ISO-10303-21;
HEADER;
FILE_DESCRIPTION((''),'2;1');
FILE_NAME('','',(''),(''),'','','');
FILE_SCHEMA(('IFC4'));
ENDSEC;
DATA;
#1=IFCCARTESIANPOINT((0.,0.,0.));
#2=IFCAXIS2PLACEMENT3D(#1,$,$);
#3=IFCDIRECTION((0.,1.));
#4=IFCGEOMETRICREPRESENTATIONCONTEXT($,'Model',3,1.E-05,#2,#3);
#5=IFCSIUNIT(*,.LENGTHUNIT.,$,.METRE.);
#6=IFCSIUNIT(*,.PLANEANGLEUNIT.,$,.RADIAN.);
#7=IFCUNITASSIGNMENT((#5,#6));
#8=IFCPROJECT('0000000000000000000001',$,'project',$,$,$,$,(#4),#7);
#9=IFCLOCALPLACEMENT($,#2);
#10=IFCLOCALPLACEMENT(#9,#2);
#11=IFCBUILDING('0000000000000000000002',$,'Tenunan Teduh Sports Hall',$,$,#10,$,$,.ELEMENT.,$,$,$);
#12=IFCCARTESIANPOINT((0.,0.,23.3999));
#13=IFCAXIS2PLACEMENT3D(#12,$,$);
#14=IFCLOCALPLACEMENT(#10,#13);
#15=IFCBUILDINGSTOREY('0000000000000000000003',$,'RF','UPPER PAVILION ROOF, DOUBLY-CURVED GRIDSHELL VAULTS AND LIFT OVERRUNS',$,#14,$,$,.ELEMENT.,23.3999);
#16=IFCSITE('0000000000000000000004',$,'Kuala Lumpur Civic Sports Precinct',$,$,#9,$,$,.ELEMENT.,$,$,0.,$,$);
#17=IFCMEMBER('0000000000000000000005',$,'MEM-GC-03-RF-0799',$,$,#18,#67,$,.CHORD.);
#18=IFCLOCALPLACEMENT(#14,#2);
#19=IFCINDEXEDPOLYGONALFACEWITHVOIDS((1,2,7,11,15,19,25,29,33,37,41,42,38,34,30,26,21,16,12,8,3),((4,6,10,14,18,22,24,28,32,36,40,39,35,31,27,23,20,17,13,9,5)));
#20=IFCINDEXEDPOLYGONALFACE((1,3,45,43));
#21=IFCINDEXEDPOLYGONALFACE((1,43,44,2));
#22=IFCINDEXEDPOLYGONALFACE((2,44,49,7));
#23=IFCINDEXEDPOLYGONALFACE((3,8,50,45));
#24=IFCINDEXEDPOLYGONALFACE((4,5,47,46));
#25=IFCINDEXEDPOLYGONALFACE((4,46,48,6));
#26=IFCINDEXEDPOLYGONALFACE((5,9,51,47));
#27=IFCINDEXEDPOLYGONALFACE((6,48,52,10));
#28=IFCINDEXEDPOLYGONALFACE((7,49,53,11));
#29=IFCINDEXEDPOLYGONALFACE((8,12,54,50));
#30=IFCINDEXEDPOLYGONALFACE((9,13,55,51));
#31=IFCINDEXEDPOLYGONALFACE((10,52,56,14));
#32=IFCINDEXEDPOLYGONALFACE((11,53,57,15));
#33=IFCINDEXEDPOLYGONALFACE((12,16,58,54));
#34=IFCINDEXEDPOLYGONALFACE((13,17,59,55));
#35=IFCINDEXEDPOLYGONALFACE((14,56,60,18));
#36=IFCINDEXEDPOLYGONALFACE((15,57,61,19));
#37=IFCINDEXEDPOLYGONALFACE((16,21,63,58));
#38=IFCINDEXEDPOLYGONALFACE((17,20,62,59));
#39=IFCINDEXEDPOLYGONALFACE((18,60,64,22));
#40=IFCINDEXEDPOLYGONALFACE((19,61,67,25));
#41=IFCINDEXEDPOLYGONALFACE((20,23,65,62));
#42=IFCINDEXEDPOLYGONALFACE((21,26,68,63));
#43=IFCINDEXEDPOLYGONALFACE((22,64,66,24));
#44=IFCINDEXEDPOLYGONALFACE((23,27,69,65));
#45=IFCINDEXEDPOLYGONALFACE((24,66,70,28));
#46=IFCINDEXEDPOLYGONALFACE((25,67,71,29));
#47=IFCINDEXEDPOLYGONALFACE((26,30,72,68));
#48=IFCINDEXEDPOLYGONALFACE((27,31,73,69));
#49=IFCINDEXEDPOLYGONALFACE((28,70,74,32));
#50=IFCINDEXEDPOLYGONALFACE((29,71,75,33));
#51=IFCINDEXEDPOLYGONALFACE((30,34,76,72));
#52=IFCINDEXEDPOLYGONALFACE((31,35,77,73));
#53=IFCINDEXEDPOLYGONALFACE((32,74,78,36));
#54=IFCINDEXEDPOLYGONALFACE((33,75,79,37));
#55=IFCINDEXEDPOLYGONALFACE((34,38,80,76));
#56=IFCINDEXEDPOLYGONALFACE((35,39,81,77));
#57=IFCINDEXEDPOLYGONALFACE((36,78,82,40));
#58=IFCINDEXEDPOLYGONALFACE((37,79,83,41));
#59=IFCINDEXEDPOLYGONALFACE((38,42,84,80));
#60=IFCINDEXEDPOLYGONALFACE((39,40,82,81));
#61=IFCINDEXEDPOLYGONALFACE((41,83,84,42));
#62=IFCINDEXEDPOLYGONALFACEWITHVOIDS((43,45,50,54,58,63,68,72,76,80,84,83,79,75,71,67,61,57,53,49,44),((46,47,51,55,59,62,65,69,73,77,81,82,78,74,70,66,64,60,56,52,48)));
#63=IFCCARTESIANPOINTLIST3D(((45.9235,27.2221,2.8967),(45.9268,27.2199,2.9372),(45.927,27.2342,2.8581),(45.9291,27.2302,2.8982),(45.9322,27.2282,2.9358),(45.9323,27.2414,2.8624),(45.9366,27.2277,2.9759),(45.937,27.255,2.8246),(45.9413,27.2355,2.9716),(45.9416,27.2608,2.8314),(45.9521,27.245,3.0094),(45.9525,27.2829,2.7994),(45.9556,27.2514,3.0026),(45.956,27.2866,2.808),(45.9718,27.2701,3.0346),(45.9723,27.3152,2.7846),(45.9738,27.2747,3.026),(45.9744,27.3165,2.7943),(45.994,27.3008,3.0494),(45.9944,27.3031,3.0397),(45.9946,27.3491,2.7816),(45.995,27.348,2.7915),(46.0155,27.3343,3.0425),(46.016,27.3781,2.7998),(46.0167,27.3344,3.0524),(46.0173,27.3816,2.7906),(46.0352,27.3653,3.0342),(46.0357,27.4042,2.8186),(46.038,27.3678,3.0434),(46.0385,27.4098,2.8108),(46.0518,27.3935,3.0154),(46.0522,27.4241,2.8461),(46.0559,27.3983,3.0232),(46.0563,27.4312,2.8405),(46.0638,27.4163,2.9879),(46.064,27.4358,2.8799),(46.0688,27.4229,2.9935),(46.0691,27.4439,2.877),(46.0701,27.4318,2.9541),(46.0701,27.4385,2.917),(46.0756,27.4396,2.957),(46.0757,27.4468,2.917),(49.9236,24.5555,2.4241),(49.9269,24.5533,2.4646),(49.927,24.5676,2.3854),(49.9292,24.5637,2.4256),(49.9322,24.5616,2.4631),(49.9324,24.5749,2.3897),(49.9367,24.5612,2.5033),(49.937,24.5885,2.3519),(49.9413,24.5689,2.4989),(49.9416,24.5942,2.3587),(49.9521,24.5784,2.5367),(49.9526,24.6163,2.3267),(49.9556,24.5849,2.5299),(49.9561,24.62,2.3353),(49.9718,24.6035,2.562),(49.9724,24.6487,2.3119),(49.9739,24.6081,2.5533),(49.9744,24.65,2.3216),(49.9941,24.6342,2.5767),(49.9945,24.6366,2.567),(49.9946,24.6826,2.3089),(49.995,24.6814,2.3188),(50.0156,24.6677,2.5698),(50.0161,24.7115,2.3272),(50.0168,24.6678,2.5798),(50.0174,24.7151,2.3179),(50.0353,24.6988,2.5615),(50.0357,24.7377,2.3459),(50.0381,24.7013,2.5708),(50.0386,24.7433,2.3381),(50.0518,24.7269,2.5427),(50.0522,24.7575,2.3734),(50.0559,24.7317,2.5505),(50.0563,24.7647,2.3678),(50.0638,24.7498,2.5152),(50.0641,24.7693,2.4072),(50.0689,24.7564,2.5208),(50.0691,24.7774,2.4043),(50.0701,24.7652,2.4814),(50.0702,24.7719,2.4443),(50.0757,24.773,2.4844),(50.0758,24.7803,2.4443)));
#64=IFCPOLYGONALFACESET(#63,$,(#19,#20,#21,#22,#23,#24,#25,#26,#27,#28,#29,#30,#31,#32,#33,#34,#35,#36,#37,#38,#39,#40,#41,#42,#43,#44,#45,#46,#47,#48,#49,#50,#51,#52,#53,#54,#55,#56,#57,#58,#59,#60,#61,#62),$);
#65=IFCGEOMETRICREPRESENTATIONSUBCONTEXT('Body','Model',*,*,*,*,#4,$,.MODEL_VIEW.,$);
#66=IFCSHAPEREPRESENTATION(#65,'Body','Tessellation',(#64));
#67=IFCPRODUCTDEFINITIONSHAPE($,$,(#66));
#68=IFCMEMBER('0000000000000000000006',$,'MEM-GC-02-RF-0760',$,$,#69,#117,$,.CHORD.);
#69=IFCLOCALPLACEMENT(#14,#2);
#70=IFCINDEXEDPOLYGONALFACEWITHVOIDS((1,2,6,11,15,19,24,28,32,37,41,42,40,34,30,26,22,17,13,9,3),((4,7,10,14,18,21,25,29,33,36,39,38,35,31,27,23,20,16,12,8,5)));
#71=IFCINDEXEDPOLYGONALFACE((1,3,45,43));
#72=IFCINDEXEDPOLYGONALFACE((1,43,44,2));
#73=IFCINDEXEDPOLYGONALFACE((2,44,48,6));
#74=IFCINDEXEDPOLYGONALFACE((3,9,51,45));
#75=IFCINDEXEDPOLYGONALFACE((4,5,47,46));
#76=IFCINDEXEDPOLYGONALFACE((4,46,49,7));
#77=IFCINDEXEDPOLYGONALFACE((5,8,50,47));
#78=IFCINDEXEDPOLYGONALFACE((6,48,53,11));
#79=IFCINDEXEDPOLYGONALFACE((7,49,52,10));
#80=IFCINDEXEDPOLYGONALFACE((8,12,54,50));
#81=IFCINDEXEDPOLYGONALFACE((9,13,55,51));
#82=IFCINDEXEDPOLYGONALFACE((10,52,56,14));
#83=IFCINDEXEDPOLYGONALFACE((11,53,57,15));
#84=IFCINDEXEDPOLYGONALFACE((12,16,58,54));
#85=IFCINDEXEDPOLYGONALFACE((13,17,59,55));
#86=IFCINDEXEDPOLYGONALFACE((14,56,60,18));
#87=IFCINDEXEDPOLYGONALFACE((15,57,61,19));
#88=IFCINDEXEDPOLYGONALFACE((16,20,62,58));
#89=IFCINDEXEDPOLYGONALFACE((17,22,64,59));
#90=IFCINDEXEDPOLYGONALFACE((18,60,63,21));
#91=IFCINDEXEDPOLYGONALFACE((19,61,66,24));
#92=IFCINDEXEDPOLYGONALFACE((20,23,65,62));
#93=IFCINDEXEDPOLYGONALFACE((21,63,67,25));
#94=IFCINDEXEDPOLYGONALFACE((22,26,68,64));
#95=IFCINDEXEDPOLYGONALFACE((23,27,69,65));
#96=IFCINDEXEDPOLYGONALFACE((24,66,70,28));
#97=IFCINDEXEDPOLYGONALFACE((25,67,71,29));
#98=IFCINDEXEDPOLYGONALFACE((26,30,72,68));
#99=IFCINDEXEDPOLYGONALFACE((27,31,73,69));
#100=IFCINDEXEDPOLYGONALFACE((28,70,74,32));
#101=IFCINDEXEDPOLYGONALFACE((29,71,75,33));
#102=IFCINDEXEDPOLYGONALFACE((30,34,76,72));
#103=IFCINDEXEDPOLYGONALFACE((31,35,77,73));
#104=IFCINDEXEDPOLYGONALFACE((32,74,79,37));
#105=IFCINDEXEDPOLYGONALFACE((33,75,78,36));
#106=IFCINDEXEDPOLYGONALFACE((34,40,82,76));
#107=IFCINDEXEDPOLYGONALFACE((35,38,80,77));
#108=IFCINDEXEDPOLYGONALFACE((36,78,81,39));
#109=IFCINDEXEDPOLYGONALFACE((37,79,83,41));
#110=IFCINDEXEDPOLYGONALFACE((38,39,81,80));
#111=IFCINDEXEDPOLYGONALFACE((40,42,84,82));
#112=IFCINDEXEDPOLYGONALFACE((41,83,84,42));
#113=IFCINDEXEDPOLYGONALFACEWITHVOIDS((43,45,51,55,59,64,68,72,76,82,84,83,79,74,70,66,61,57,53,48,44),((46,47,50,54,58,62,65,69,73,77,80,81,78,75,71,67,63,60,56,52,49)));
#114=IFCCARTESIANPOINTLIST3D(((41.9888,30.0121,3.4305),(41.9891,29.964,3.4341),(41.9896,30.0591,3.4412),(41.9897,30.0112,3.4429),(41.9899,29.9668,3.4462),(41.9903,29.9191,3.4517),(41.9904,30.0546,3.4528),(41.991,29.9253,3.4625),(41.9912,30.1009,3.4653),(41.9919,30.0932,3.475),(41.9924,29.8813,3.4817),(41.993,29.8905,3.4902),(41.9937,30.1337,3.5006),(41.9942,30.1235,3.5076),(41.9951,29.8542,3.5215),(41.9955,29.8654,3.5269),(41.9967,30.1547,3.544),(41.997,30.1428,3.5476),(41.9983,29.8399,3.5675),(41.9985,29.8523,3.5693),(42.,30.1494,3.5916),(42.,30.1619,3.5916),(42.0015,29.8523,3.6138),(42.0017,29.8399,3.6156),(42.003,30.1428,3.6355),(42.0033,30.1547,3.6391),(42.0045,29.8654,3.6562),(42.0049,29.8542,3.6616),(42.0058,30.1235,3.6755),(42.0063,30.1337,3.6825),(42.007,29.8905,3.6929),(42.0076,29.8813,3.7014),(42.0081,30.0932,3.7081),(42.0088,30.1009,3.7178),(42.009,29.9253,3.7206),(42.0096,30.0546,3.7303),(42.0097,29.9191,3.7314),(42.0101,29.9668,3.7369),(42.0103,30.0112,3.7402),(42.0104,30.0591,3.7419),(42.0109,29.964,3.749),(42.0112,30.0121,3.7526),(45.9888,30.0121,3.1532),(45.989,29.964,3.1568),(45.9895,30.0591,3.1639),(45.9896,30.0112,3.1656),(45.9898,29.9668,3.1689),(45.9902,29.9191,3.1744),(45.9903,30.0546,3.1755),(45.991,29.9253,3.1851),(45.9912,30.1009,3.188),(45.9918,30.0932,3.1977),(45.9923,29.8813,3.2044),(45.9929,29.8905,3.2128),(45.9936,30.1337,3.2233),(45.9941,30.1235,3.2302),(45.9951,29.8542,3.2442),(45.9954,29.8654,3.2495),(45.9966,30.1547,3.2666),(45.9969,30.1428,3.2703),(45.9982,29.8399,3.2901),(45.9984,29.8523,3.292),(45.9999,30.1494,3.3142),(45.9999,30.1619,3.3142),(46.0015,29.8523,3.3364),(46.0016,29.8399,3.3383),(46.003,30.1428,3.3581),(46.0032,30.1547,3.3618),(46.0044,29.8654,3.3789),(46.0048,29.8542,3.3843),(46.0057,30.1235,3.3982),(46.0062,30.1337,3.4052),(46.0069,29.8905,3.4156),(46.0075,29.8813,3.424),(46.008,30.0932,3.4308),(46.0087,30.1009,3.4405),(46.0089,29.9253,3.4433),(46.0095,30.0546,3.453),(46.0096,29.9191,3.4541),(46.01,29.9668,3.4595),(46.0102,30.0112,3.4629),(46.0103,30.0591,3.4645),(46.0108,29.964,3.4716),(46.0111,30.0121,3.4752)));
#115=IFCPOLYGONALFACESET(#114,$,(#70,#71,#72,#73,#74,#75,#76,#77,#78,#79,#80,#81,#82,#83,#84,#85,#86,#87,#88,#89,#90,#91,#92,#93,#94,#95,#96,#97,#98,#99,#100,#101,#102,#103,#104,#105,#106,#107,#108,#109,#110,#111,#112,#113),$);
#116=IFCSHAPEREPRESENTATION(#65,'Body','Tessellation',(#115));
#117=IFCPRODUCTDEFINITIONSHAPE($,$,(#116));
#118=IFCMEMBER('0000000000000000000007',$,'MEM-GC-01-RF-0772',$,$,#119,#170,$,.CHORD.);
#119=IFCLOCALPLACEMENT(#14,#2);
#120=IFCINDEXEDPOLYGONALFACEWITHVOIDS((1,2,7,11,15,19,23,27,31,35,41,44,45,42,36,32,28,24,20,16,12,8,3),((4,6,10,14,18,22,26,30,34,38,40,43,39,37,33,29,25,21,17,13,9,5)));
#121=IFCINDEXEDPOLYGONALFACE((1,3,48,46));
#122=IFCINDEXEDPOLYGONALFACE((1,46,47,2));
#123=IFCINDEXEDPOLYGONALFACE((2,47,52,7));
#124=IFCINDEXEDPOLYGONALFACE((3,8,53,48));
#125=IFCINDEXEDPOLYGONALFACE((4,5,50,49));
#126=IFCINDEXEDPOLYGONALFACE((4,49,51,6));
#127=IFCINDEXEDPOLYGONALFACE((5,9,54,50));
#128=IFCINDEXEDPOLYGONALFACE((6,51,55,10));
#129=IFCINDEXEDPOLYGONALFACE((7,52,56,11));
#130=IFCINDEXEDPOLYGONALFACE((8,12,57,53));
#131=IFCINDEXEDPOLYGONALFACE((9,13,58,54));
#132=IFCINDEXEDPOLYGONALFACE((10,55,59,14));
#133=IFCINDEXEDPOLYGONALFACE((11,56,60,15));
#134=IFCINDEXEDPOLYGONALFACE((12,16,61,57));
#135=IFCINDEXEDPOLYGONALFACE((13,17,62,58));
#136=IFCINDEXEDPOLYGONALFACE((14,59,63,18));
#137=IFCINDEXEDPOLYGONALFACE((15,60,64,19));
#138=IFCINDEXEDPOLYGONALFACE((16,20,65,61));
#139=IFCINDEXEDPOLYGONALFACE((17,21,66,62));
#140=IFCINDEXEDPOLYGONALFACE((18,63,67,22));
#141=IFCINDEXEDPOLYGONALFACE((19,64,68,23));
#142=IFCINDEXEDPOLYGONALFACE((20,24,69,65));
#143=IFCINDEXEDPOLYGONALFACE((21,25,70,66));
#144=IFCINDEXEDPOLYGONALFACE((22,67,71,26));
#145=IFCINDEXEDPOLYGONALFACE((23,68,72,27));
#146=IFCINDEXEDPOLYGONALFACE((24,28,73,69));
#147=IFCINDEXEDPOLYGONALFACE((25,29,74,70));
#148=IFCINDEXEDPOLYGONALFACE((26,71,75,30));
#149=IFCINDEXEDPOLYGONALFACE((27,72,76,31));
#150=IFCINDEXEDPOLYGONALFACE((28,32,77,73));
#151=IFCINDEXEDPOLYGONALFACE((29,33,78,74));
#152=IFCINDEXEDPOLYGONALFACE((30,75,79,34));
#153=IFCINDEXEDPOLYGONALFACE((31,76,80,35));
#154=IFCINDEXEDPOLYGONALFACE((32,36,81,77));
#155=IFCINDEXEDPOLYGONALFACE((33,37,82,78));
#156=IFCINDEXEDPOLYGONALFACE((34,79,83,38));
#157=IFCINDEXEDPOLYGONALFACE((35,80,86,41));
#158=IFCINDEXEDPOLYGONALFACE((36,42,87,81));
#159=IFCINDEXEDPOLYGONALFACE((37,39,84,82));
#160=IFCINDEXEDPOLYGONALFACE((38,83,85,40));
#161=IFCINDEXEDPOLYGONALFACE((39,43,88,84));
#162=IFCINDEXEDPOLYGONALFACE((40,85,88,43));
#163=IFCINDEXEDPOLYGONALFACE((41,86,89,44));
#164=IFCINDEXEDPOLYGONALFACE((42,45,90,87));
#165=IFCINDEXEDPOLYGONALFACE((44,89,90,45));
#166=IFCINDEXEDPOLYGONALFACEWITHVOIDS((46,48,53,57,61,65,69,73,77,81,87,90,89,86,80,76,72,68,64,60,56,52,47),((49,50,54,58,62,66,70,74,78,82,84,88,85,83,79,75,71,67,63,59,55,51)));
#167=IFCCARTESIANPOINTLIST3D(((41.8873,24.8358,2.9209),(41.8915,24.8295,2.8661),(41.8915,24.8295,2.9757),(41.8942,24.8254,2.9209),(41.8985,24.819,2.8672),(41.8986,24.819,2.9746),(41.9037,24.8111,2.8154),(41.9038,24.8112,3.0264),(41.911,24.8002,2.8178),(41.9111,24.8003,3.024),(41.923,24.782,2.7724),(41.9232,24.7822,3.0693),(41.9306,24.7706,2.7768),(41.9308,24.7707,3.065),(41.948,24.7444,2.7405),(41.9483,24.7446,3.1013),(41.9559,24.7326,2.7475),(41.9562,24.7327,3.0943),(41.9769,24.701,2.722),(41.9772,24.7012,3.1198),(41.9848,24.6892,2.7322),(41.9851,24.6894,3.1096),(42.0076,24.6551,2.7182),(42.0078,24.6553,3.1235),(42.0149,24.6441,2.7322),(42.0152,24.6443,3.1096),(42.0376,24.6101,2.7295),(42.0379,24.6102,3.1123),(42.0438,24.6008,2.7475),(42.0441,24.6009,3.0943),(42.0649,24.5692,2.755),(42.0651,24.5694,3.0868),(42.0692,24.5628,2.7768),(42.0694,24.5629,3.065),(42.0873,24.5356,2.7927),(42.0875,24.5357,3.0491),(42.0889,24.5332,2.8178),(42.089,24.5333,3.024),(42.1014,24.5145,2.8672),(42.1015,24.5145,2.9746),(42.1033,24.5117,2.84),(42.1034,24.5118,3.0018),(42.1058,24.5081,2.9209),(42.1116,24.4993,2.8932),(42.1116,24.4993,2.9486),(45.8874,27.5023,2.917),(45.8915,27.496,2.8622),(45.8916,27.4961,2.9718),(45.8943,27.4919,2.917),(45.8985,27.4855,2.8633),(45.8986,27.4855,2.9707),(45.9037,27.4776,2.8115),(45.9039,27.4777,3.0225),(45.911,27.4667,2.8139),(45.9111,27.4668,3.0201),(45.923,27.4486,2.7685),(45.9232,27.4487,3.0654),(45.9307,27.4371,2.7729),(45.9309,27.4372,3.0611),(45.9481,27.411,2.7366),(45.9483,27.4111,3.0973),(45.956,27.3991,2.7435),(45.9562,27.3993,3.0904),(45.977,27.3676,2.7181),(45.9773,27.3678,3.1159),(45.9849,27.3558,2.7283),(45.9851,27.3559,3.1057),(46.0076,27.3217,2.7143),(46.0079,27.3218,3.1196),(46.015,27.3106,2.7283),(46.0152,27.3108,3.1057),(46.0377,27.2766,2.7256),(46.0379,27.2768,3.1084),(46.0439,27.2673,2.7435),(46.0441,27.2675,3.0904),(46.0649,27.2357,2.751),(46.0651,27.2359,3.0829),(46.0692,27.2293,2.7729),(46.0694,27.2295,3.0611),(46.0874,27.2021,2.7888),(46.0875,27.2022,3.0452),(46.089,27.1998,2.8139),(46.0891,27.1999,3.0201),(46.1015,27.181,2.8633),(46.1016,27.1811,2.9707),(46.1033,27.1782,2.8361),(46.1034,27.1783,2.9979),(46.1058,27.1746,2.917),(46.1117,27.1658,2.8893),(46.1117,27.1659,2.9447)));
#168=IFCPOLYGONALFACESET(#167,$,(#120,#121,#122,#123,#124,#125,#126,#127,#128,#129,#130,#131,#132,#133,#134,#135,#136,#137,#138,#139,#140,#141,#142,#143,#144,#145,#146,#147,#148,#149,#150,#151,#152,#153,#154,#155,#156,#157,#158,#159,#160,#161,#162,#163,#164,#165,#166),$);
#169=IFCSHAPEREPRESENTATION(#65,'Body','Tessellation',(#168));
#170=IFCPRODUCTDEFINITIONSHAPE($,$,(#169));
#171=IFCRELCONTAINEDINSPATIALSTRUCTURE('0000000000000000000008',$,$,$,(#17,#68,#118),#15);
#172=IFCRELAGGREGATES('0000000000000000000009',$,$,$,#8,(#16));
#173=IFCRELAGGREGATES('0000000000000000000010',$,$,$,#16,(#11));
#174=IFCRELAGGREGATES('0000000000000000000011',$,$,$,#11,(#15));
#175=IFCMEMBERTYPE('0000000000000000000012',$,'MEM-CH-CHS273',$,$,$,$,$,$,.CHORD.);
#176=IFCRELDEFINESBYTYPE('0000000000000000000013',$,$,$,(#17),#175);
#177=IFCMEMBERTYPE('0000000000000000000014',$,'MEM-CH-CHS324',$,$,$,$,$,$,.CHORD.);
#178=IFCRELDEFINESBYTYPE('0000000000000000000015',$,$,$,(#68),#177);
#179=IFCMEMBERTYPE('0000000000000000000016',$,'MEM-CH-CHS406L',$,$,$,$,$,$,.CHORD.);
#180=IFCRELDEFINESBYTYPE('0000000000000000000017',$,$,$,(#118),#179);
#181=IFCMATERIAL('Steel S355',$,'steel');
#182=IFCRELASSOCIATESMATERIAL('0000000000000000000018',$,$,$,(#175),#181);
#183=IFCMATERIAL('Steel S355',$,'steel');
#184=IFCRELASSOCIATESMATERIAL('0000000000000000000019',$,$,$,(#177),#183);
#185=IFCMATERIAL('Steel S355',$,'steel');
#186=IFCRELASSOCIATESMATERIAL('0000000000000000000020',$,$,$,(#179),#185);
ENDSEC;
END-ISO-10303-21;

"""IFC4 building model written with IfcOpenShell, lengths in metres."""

from ifc_helpers import new_model, si_unit, direction, frame, origin, origin_2d, place, context, subcontext, project, spatial, hollow_circle, extrude, material, material_profile, profile_set, type_object, element, save


model = new_model("IFC4")

# Units and contexts
model_context = context("Model", 3, precision=1e-05, world=origin(), true_north=direction((0.0, 1.0)))
body_context = subcontext(model_context, "Body", "Model", "MODEL_VIEW")
ifc_project = project(units=[si_unit("LENGTHUNIT", "METRE"), si_unit("PLANEANGLEUNIT", "RADIAN")], contexts=[model_context])

# Site, building, storey
site_placement = place(None, origin())
site = spatial("IfcSite", under=ifc_project, at=site_placement, Name="Kuala Lumpur Civic Sports Precinct", CompositionType="ELEMENT", RefElevation=0.0)
building_placement = place(site_placement, origin())
building = spatial("IfcBuilding", under=site, at=building_placement, Name="Tenunan Teduh Sports Hall", CompositionType="ELEMENT")
storey_placement = place(building_placement, frame((0.0, 0.0, 23.3999)))
storey = spatial("IfcBuildingStorey", under=building, at=storey_placement, Name="RF", Description="UPPER PAVILION ROOF, DOUBLY-CURVED GRIDSHELL VAULTS AND LIFT OVERRUNS", CompositionType="ELEMENT", Elevation=23.3999)

# Members
ifc_material_1 = material(Name="Steel S355", Category="steel")
ifc_material_profile_1 = material_profile(ifc_material_1, hollow_circle(Radius=0.1365, WallThickness=0.01, at=origin_2d()), Name="CHS 273.0x10.0")
ifc_profile_set_1 = profile_set([ifc_material_profile_1], Name="Steel S355")
member_type_1 = type_object("IfcMemberType", Name="MEM-CH-CHS273", PredefinedType="CHORD", material=ifc_profile_set_1)
member_1_placement = place(storey_placement, frame((46.0, 27.3333, 2.917), z_axis=(0.828073, -0.552015, -0.097848), x_axis=(0.554677, 0.832066, 0.0)))
element("IfcMember", 1, at=member_1_placement, inside=storey, type_object=member_type_1, Name="MEM-GC-03-RF-0799", PredefinedType="CHORD", context=body_context, shape_type="SweptSolid", body=[
    extrude(hollow_circle(Radius=0.1365, WallThickness=0.01, at=origin_2d()), origin(), (0.0, 0.0, 1.0), 4.8306),
])
ifc_material_2 = material(Name="Steel S355", Category="steel")
ifc_material_profile_2 = material_profile(ifc_material_2, hollow_circle(Radius=0.1619, WallThickness=0.0125, at=origin_2d()), Name="CHS 323.9x12.5")
ifc_profile_set_2 = profile_set([ifc_material_profile_2], Name="Steel S355")
member_type_2 = type_object("IfcMemberType", Name="MEM-CH-CHS324", PredefinedType="CHORD", material=ifc_profile_set_2)
member_2_placement = place(storey_placement, frame((42.0, 30.0, 3.5916), z_axis=(0.997605, 0.0, -0.06917), x_axis=(0.0, 1.0, 0.0)))
element("IfcMember", 2, at=member_2_placement, inside=storey, type_object=member_type_2, Name="MEM-GC-02-RF-0760", PredefinedType="CHORD", context=body_context, shape_type="SweptSolid", body=[
    extrude(hollow_circle(Radius=0.1619, WallThickness=0.0125, at=origin_2d()), origin(), (0.0, 0.0, 1.0), 4.0095),
])
ifc_material_3 = material(Name="Steel S355", Category="steel")
ifc_material_profile_3 = material_profile(ifc_material_3, hollow_circle(Radius=0.2031, WallThickness=0.0125, at=origin_2d()), Name="CHS 406.4x12.5")
ifc_profile_set_3 = profile_set([ifc_material_profile_3], Name="Steel S355")
member_type_3 = type_object("IfcMemberType", Name="MEM-CH-CHS406L", PredefinedType="CHORD", material=ifc_profile_set_3)
member_3_placement = place(storey_placement, frame((42.0, 24.6667, 2.9209), z_axis=(0.832066, 0.554677, -0.000813), x_axis=(-0.554677, 0.832066, 0.0)))
element("IfcMember", 3, at=member_3_placement, inside=storey, type_object=member_type_3, Name="MEM-GC-01-RF-0772", PredefinedType="CHORD", context=body_context, shape_type="SweptSolid", body=[
    extrude(hollow_circle(Radius=0.2031, WallThickness=0.0125, at=origin_2d()), origin(), (0.0, 0.0, 1.0), 4.8074),
])

save(model, "model.ifc")
